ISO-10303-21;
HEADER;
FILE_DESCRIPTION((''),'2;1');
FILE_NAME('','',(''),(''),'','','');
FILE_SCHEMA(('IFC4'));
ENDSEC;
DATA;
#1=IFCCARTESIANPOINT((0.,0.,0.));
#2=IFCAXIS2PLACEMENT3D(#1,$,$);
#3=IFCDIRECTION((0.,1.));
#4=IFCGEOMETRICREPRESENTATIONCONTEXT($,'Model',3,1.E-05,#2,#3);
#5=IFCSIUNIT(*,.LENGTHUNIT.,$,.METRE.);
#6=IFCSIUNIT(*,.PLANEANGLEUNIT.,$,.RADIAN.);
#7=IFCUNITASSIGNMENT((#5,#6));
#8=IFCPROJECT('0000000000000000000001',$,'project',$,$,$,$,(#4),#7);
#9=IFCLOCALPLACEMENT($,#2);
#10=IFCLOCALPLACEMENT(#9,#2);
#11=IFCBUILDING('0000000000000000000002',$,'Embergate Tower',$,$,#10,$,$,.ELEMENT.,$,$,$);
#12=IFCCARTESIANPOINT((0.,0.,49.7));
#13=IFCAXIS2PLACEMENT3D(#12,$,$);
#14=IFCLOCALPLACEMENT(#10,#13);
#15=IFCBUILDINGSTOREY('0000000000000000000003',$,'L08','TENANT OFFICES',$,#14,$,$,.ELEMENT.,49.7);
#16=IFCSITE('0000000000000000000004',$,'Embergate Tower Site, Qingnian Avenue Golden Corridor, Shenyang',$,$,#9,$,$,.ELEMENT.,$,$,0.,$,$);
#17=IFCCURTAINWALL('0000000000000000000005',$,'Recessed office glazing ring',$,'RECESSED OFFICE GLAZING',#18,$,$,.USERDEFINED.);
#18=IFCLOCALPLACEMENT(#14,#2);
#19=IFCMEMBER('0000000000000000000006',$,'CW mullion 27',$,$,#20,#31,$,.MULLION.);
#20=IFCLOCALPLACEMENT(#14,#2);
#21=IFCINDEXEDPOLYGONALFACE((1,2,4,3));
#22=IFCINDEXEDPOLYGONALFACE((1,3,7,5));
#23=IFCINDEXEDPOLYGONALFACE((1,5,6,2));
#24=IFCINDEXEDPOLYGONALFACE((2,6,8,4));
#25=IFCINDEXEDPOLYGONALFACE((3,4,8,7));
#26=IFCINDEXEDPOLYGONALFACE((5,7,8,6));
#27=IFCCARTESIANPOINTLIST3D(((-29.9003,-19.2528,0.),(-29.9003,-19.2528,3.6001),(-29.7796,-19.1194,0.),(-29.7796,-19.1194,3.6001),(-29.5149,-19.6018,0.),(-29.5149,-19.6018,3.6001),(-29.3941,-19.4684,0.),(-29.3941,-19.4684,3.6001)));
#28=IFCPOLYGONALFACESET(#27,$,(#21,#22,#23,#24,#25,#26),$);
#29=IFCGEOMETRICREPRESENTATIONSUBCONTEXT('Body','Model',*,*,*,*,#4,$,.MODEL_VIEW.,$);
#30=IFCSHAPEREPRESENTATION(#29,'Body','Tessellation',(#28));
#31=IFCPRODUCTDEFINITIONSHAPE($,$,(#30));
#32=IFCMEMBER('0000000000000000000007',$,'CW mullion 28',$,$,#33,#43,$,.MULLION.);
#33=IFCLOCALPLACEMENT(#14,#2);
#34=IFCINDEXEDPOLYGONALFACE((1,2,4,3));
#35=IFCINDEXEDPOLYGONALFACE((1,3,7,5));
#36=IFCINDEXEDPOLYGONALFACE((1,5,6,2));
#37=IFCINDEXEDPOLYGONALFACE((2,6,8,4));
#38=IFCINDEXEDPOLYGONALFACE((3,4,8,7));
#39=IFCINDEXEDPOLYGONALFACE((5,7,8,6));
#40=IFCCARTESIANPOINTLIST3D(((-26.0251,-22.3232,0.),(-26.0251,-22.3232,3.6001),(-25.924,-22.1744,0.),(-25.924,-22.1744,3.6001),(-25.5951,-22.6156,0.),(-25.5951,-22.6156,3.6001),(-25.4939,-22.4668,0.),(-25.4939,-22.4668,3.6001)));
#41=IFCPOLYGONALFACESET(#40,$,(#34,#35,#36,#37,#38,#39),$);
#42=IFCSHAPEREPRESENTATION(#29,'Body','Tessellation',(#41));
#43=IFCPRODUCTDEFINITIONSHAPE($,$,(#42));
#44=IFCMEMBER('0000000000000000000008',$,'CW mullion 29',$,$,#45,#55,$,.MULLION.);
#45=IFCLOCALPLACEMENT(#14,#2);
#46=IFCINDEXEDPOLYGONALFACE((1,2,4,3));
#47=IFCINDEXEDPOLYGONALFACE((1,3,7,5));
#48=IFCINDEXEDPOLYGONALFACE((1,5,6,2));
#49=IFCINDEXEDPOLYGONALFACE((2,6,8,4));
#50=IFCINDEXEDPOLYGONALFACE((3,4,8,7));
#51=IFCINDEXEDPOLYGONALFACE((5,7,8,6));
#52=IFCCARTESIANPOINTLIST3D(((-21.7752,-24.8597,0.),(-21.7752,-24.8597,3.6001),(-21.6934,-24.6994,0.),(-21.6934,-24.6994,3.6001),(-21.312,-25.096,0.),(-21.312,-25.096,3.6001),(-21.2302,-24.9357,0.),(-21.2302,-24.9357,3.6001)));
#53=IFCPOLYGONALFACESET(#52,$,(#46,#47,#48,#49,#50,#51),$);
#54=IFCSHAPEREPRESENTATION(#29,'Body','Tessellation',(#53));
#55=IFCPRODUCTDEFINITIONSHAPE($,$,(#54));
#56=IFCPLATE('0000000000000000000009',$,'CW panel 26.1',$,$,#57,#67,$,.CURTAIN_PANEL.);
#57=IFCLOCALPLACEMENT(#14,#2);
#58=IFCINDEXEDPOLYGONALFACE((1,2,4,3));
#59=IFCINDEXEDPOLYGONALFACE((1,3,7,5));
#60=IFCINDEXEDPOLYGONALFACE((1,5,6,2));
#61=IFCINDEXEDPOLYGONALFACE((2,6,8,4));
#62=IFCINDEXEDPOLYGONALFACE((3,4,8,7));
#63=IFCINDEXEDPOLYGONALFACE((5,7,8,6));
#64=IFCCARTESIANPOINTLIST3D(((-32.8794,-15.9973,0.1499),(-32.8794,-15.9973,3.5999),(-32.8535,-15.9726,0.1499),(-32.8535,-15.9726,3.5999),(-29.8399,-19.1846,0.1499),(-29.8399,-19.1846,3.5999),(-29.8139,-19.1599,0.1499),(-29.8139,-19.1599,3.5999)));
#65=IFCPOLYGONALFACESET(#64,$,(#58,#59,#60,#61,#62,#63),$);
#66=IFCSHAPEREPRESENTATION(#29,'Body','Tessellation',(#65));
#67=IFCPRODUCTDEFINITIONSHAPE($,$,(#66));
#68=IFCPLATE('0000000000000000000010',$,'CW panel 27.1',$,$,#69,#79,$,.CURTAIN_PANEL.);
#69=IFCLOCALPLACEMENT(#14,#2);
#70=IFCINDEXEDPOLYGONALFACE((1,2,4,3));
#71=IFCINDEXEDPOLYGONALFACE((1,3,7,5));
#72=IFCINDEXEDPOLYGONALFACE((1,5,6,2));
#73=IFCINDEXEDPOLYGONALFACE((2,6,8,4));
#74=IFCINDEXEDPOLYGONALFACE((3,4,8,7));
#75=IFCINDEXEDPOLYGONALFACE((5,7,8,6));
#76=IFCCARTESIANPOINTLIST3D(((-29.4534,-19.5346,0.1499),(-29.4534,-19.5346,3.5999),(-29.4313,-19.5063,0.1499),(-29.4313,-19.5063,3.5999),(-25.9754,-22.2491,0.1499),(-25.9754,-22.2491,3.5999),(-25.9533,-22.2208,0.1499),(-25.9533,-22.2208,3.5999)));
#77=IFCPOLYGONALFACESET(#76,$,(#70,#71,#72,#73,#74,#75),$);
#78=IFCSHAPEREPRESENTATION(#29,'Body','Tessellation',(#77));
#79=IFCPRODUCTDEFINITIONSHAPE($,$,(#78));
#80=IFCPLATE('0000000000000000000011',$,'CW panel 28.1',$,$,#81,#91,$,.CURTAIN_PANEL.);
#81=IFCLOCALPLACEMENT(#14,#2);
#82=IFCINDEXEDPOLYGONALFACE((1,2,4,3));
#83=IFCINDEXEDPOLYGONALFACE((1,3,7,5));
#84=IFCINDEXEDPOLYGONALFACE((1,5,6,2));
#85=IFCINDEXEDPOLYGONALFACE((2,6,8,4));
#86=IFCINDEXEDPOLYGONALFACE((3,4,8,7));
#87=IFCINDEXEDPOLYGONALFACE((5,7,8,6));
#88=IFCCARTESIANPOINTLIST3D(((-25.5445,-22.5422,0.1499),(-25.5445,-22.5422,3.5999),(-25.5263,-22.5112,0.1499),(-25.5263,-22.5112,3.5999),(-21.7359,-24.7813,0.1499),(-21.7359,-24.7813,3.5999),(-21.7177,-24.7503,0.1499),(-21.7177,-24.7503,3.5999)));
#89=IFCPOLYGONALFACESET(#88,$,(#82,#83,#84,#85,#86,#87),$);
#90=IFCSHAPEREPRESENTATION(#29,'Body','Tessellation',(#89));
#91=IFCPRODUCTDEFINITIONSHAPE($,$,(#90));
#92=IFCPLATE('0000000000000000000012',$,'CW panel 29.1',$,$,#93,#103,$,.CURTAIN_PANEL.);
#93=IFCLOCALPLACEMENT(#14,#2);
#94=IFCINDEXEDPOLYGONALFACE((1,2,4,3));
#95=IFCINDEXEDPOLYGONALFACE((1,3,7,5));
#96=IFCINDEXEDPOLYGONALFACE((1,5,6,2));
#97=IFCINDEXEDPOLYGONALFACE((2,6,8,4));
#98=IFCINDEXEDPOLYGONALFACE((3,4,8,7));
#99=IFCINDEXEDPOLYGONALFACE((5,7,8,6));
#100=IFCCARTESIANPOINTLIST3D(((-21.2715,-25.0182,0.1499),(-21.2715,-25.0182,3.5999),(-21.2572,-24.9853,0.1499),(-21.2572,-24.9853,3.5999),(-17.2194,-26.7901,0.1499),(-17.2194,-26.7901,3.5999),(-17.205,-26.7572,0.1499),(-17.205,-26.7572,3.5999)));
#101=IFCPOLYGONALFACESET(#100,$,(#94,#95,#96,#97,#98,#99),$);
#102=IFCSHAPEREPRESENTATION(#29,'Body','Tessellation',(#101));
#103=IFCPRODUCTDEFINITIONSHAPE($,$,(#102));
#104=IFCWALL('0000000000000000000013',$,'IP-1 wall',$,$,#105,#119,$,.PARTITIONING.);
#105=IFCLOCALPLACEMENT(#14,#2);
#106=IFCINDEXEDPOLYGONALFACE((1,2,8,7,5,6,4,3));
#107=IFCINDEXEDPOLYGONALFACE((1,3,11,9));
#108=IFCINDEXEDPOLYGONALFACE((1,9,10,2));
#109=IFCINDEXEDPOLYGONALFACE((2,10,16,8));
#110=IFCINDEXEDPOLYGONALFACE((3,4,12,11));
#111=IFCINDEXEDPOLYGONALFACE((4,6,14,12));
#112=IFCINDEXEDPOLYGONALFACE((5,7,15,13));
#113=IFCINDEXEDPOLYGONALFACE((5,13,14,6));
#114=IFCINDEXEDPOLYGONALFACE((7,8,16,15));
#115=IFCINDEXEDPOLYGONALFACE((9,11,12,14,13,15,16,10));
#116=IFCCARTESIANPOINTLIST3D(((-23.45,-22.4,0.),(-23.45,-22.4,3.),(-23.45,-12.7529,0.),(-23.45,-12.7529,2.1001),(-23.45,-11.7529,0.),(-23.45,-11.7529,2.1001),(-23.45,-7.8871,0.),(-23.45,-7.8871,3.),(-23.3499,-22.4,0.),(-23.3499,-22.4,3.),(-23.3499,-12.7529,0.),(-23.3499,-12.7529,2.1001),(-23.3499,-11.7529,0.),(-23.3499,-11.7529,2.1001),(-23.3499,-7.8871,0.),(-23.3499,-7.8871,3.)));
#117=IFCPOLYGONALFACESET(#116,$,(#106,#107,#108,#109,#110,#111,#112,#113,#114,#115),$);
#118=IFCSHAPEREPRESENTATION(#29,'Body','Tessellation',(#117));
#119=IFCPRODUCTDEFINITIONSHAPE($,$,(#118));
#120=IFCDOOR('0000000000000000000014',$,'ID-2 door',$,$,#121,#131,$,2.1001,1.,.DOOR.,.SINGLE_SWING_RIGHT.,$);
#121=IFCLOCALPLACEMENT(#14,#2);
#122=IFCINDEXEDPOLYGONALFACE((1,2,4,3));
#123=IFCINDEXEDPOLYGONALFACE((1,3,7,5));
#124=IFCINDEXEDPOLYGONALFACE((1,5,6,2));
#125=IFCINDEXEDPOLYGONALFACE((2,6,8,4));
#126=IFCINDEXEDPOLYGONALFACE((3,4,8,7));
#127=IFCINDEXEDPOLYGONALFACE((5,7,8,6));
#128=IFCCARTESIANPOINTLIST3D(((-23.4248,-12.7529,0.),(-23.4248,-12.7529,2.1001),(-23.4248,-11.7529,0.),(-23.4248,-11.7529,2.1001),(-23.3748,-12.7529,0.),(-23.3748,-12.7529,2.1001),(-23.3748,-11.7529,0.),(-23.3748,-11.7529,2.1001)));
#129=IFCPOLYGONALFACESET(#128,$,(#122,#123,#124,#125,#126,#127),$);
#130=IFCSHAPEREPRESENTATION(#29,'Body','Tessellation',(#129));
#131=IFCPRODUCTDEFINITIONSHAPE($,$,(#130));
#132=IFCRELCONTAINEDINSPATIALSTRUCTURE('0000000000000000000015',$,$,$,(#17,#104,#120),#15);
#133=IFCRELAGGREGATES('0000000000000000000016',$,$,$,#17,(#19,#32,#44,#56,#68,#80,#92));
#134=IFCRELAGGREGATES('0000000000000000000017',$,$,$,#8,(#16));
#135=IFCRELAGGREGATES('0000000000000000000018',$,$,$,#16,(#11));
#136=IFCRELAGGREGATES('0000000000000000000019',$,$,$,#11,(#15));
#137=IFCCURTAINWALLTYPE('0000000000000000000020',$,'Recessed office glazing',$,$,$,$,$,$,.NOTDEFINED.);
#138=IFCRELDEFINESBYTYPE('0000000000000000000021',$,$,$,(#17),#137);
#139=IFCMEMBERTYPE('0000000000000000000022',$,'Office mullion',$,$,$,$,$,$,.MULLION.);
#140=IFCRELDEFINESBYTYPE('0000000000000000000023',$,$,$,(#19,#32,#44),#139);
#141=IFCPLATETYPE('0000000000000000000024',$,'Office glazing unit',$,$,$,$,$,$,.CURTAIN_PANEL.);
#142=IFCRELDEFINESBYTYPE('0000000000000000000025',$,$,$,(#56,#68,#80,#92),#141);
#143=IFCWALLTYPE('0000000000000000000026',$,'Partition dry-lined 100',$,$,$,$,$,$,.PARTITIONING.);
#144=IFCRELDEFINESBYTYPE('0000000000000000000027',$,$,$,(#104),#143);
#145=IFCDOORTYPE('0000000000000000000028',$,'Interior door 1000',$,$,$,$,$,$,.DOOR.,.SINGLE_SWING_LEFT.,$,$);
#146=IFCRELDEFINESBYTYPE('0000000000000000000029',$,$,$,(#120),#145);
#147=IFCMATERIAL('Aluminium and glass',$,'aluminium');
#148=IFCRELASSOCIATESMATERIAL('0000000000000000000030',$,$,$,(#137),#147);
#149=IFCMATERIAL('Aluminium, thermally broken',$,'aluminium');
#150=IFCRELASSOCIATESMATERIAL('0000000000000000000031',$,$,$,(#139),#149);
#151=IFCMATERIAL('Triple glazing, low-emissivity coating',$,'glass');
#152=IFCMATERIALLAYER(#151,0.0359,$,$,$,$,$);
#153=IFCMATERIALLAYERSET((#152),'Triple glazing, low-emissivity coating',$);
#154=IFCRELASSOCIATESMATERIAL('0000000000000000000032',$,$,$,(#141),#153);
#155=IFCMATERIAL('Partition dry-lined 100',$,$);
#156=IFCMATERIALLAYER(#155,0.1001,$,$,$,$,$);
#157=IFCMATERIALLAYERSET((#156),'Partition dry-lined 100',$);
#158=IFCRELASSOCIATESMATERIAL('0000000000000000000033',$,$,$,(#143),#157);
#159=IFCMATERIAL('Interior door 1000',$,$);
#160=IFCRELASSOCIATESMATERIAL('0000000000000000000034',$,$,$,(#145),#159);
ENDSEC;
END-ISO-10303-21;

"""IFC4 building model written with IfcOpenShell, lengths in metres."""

from ifc_helpers import new_model, si_unit, direction, frame, frame_2d, origin, origin_2d, place, context, subcontext, project, spatial, rectangle, extrude, source, transform, mapped, material, layer, layer_set, material_profile, profile_set, type_object, element, fill, aggregate, save


model = new_model("IFC4")

# Units and contexts
model_context = context("Model", 3, precision=1e-05, world=origin(), true_north=direction((0.0, 1.0)))
body_context = subcontext(model_context, "Body", "Model", "MODEL_VIEW")
ifc_project = project(units=[si_unit("LENGTHUNIT", "METRE"), si_unit("PLANEANGLEUNIT", "RADIAN")], contexts=[model_context])

# Site, building, storey
site_placement = place(None, origin())
site = spatial("IfcSite", under=ifc_project, at=site_placement, Name="Embergate Tower Site, Qingnian Avenue Golden Corridor, Shenyang", CompositionType="ELEMENT", RefElevation=0.0)
building_placement = place(site_placement, origin())
building = spatial("IfcBuilding", under=site, at=building_placement, Name="Embergate Tower", CompositionType="ELEMENT")
storey_placement = place(building_placement, frame((0.0, 0.0, 49.7)))
storey = spatial("IfcBuildingStorey", under=building, at=storey_placement, Name="L08", Description="TENANT OFFICES", CompositionType="ELEMENT", Elevation=49.7)

# Curtain wall, members, plates
ifc_material_1 = material(Name="Aluminium and glass", Category="aluminium")
curtain_wall_type = type_object("IfcCurtainWallType", Name="Recessed office glazing", PredefinedType="NOTDEFINED", material=ifc_material_1)
curtain_wall_placement = place(storey_placement, origin())
curtain_wall = element("IfcCurtainWall", 1, at=curtain_wall_placement, inside=storey, type_object=curtain_wall_type, Name="Recessed office glazing ring", ObjectType="RECESSED OFFICE GLAZING", PredefinedType="USERDEFINED")
ifc_material_2 = material(Name="Aluminium, thermally broken", Category="aluminium")
ifc_material_profile_1 = material_profile(ifc_material_2, rectangle(XDim=0.1799, YDim=0.52, at=origin_2d()), Name="AL 520x180")
ifc_profile_set_1 = profile_set([ifc_material_profile_1], Name="Aluminium, thermally broken")
member_type_1 = type_object("IfcMemberType", Name="Office mullion", PredefinedType="MULLION", material=ifc_profile_set_1)
shared_shape_1 = source(origin(), body_context, "Body", "SweptSolid", [
    extrude(rectangle(XDim=0.1799, YDim=0.52, at=origin_2d()), origin(), (0.0, 0.0, 1.0), 3.6001),
])
member_1_placement = place(storey_placement, frame((-29.6472, -19.3606, 0.0), z_axis=(0.0, 0.0, 1.0), x_axis=(0.671229, 0.74125, 0.0)))
member_1 = element("IfcMember", 2, at=member_1_placement, type_object=member_type_1, Name="CW mullion 27", PredefinedType="MULLION", context=body_context, shape_type="MappedRepresentation", body=[
    mapped(shared_shape_1, transform((0.0, 0.0, 0.0))),
])
member_2_placement = place(storey_placement, frame((-25.7595, -22.395, 0.0), z_axis=(0.0, 0.0, 1.0), x_axis=(0.562218, 0.826989, 0.0)))
member_2 = element("IfcMember", 3, at=member_2_placement, type_object=member_type_1, Name="CW mullion 28", PredefinedType="MULLION", context=body_context, shape_type="MappedRepresentation", body=[
    mapped(shared_shape_1, transform((0.0, 0.0, 0.0))),
])
member_3_placement = place(storey_placement, frame((-21.5027, -24.8977, 0.0), z_axis=(0.0, 0.0, 1.0), x_axis=(0.454511, 0.890741, 0.0)))
member_3 = element("IfcMember", 4, at=member_3_placement, type_object=member_type_1, Name="CW mullion 29", PredefinedType="MULLION", context=body_context, shape_type="MappedRepresentation", body=[
    mapped(shared_shape_1, transform((0.0, 0.0, 0.0))),
])
ifc_material_3 = material(Name="Triple glazing, low-emissivity coating", Category="glass")
ifc_layer_1 = layer(ifc_material_3, 0.0359)
ifc_layer_set_1 = layer_set([ifc_layer_1], Name="Triple glazing, low-emissivity coating")
plate_type = type_object("IfcPlateType", Name="Office glazing unit", PredefinedType="CURTAIN_PANEL", material=ifc_layer_set_1)
shared_shape_2 = source(origin(), body_context, "Body", "SweptSolid", [
    extrude(rectangle(XDim=4.4043, YDim=0.0359, at=origin_2d()), origin(), (0.0, 0.0, 1.0), 3.45),
])
plate_1_placement = place(storey_placement, frame((-31.3467, -17.5786, 0.1499), z_axis=(0.0, 0.0, 1.0), x_axis=(0.690135, -0.723681, 0.0)))
plate_1 = element("IfcPlate", 5, at=plate_1_placement, type_object=plate_type, Name="CW panel 26.1", PredefinedType="CURTAIN_PANEL", context=body_context, shape_type="MappedRepresentation", body=[
    mapped(shared_shape_2, transform((0.0, 0.0, 0.0))),
])
shared_shape_3 = source(origin(), body_context, "Body", "SweptSolid", [
    extrude(rectangle(XDim=4.4119, YDim=0.0359, at=origin_2d()), origin(), (0.0, 0.0, 1.0), 3.45),
])
plate_2_placement = place(storey_placement, frame((-27.7034, -20.8777, 0.1499), z_axis=(0.0, 0.0, 1.0), x_axis=(0.78832, -0.615265, 0.0)))
plate_2 = element("IfcPlate", 6, at=plate_2_placement, type_object=plate_type, Name="CW panel 27.1", PredefinedType="CURTAIN_PANEL", context=body_context, shape_type="MappedRepresentation", body=[
    mapped(shared_shape_3, transform((0.0, 0.0, 0.0))),
])
shared_shape_4 = source(origin(), body_context, "Body", "SweptSolid", [
    extrude(rectangle(XDim=4.418, YDim=0.0359, at=origin_2d()), origin(), (0.0, 0.0, 1.0), 3.45),
])
plate_3_placement = place(storey_placement, frame((-23.6311, -23.6462, 0.1499), z_axis=(0.0, 0.0, 1.0), x_axis=(0.862053, -0.506818, 0.0)))
plate_3 = element("IfcPlate", 7, at=plate_3_placement, type_object=plate_type, Name="CW panel 28.1", PredefinedType="CURTAIN_PANEL", context=body_context, shape_type="MappedRepresentation", body=[
    mapped(shared_shape_4, transform((0.0, 0.0, 0.0))),
])
shared_shape_5 = source(origin(), body_context, "Body", "SweptSolid", [
    extrude(rectangle(XDim=4.4226, YDim=0.0359, at=origin_2d()), origin(), (0.0, 0.0, 1.0), 3.45),
])
plate_4_placement = place(storey_placement, frame((-19.2383, -25.8877, 0.1499), z_axis=(0.0, 0.0, 1.0), x_axis=(0.916236, -0.400638, 0.0)))
plate_4 = element("IfcPlate", 8, at=plate_4_placement, type_object=plate_type, Name="CW panel 29.1", PredefinedType="CURTAIN_PANEL", context=body_context, shape_type="MappedRepresentation", body=[
    mapped(shared_shape_5, transform((0.0, 0.0, 0.0))),
])
aggregate(curtain_wall, [member_1, member_2, member_3, plate_1, plate_2, plate_3, plate_4])

# Wall, opening, door
ifc_material_4 = material(Name="Partition dry-lined 100")
ifc_layer_2 = layer(ifc_material_4, 0.1001)
ifc_layer_set_2 = layer_set([ifc_layer_2], Name="Partition dry-lined 100")
wall_type = type_object("IfcWallType", Name="Partition dry-lined 100", PredefinedType="PARTITIONING", material=ifc_layer_set_2)
shared_shape_6 = source(origin(), body_context, "Body", "SweptSolid", [
    extrude(rectangle(XDim=14.5129, YDim=0.1001, at=frame_2d((7.2563, 0.0))), origin(), (0.0, 0.0, 1.0), 3.0),
])
wall_placement = place(storey_placement, frame((-23.3999, -22.3999, 0.0), z_axis=(0.0, 0.0, 1.0), x_axis=(0.0, 1.0, 0.0)))
wall = element("IfcWall", 9, at=wall_placement, inside=storey, type_object=wall_type, Name="IP-1 wall", PredefinedType="PARTITIONING", context=body_context, shape_type="MappedRepresentation", body=[
    mapped(shared_shape_6, transform((0.0, 0.0, 0.0))),
])
shared_shape_7 = source(origin(), body_context, "Body", "SweptSolid", [
    extrude(rectangle(XDim=1.0, YDim=2.1001, at=frame_2d((0.5, 1.05))), frame((0.0, 0.0601, 0.0), z_axis=(0.0, -1.0, 0.0), x_axis=(1.0, 0.0, 0.0)), (0.0, 0.0, 1.0), 0.1201),
])
opening_placement = place(wall_placement, frame((9.647, 0.0, 0.0)))
opening = element("IfcOpeningElement", 10, at=opening_placement, cuts=wall, PredefinedType="OPENING", context=body_context, shape_type="MappedRepresentation", body=[
    mapped(shared_shape_7, transform((0.0, 0.0, 0.0))),
])
ifc_material_5 = material(Name="Interior door 1000")
door_type = type_object("IfcDoorType", Name="Interior door 1000", OperationType="SINGLE_SWING_LEFT", PredefinedType="DOOR", material=ifc_material_5)
shared_shape_8 = source(origin(), body_context, "Body", "SweptSolid", [
    extrude(rectangle(XDim=1.0, YDim=2.1001, at=frame_2d((0.5, 1.05))), frame((0.0, 0.0249, 0.0), z_axis=(0.0, -1.0, 0.0), x_axis=(1.0, 0.0, 0.0)), (0.0, 0.0, 1.0), 0.05),
])
door_placement = place(opening_placement, origin())
door = element("IfcDoor", 11, at=door_placement, inside=storey, type_object=door_type, Name="ID-2 door", OperationType="SINGLE_SWING_RIGHT", OverallHeight=2.1001, OverallWidth=1.0, PredefinedType="DOOR", context=body_context, shape_type="MappedRepresentation", body=[
    mapped(shared_shape_8, transform((0.0, 0.0, 0.0))),
])
fill(opening, door)

save(model, "model.ifc")
